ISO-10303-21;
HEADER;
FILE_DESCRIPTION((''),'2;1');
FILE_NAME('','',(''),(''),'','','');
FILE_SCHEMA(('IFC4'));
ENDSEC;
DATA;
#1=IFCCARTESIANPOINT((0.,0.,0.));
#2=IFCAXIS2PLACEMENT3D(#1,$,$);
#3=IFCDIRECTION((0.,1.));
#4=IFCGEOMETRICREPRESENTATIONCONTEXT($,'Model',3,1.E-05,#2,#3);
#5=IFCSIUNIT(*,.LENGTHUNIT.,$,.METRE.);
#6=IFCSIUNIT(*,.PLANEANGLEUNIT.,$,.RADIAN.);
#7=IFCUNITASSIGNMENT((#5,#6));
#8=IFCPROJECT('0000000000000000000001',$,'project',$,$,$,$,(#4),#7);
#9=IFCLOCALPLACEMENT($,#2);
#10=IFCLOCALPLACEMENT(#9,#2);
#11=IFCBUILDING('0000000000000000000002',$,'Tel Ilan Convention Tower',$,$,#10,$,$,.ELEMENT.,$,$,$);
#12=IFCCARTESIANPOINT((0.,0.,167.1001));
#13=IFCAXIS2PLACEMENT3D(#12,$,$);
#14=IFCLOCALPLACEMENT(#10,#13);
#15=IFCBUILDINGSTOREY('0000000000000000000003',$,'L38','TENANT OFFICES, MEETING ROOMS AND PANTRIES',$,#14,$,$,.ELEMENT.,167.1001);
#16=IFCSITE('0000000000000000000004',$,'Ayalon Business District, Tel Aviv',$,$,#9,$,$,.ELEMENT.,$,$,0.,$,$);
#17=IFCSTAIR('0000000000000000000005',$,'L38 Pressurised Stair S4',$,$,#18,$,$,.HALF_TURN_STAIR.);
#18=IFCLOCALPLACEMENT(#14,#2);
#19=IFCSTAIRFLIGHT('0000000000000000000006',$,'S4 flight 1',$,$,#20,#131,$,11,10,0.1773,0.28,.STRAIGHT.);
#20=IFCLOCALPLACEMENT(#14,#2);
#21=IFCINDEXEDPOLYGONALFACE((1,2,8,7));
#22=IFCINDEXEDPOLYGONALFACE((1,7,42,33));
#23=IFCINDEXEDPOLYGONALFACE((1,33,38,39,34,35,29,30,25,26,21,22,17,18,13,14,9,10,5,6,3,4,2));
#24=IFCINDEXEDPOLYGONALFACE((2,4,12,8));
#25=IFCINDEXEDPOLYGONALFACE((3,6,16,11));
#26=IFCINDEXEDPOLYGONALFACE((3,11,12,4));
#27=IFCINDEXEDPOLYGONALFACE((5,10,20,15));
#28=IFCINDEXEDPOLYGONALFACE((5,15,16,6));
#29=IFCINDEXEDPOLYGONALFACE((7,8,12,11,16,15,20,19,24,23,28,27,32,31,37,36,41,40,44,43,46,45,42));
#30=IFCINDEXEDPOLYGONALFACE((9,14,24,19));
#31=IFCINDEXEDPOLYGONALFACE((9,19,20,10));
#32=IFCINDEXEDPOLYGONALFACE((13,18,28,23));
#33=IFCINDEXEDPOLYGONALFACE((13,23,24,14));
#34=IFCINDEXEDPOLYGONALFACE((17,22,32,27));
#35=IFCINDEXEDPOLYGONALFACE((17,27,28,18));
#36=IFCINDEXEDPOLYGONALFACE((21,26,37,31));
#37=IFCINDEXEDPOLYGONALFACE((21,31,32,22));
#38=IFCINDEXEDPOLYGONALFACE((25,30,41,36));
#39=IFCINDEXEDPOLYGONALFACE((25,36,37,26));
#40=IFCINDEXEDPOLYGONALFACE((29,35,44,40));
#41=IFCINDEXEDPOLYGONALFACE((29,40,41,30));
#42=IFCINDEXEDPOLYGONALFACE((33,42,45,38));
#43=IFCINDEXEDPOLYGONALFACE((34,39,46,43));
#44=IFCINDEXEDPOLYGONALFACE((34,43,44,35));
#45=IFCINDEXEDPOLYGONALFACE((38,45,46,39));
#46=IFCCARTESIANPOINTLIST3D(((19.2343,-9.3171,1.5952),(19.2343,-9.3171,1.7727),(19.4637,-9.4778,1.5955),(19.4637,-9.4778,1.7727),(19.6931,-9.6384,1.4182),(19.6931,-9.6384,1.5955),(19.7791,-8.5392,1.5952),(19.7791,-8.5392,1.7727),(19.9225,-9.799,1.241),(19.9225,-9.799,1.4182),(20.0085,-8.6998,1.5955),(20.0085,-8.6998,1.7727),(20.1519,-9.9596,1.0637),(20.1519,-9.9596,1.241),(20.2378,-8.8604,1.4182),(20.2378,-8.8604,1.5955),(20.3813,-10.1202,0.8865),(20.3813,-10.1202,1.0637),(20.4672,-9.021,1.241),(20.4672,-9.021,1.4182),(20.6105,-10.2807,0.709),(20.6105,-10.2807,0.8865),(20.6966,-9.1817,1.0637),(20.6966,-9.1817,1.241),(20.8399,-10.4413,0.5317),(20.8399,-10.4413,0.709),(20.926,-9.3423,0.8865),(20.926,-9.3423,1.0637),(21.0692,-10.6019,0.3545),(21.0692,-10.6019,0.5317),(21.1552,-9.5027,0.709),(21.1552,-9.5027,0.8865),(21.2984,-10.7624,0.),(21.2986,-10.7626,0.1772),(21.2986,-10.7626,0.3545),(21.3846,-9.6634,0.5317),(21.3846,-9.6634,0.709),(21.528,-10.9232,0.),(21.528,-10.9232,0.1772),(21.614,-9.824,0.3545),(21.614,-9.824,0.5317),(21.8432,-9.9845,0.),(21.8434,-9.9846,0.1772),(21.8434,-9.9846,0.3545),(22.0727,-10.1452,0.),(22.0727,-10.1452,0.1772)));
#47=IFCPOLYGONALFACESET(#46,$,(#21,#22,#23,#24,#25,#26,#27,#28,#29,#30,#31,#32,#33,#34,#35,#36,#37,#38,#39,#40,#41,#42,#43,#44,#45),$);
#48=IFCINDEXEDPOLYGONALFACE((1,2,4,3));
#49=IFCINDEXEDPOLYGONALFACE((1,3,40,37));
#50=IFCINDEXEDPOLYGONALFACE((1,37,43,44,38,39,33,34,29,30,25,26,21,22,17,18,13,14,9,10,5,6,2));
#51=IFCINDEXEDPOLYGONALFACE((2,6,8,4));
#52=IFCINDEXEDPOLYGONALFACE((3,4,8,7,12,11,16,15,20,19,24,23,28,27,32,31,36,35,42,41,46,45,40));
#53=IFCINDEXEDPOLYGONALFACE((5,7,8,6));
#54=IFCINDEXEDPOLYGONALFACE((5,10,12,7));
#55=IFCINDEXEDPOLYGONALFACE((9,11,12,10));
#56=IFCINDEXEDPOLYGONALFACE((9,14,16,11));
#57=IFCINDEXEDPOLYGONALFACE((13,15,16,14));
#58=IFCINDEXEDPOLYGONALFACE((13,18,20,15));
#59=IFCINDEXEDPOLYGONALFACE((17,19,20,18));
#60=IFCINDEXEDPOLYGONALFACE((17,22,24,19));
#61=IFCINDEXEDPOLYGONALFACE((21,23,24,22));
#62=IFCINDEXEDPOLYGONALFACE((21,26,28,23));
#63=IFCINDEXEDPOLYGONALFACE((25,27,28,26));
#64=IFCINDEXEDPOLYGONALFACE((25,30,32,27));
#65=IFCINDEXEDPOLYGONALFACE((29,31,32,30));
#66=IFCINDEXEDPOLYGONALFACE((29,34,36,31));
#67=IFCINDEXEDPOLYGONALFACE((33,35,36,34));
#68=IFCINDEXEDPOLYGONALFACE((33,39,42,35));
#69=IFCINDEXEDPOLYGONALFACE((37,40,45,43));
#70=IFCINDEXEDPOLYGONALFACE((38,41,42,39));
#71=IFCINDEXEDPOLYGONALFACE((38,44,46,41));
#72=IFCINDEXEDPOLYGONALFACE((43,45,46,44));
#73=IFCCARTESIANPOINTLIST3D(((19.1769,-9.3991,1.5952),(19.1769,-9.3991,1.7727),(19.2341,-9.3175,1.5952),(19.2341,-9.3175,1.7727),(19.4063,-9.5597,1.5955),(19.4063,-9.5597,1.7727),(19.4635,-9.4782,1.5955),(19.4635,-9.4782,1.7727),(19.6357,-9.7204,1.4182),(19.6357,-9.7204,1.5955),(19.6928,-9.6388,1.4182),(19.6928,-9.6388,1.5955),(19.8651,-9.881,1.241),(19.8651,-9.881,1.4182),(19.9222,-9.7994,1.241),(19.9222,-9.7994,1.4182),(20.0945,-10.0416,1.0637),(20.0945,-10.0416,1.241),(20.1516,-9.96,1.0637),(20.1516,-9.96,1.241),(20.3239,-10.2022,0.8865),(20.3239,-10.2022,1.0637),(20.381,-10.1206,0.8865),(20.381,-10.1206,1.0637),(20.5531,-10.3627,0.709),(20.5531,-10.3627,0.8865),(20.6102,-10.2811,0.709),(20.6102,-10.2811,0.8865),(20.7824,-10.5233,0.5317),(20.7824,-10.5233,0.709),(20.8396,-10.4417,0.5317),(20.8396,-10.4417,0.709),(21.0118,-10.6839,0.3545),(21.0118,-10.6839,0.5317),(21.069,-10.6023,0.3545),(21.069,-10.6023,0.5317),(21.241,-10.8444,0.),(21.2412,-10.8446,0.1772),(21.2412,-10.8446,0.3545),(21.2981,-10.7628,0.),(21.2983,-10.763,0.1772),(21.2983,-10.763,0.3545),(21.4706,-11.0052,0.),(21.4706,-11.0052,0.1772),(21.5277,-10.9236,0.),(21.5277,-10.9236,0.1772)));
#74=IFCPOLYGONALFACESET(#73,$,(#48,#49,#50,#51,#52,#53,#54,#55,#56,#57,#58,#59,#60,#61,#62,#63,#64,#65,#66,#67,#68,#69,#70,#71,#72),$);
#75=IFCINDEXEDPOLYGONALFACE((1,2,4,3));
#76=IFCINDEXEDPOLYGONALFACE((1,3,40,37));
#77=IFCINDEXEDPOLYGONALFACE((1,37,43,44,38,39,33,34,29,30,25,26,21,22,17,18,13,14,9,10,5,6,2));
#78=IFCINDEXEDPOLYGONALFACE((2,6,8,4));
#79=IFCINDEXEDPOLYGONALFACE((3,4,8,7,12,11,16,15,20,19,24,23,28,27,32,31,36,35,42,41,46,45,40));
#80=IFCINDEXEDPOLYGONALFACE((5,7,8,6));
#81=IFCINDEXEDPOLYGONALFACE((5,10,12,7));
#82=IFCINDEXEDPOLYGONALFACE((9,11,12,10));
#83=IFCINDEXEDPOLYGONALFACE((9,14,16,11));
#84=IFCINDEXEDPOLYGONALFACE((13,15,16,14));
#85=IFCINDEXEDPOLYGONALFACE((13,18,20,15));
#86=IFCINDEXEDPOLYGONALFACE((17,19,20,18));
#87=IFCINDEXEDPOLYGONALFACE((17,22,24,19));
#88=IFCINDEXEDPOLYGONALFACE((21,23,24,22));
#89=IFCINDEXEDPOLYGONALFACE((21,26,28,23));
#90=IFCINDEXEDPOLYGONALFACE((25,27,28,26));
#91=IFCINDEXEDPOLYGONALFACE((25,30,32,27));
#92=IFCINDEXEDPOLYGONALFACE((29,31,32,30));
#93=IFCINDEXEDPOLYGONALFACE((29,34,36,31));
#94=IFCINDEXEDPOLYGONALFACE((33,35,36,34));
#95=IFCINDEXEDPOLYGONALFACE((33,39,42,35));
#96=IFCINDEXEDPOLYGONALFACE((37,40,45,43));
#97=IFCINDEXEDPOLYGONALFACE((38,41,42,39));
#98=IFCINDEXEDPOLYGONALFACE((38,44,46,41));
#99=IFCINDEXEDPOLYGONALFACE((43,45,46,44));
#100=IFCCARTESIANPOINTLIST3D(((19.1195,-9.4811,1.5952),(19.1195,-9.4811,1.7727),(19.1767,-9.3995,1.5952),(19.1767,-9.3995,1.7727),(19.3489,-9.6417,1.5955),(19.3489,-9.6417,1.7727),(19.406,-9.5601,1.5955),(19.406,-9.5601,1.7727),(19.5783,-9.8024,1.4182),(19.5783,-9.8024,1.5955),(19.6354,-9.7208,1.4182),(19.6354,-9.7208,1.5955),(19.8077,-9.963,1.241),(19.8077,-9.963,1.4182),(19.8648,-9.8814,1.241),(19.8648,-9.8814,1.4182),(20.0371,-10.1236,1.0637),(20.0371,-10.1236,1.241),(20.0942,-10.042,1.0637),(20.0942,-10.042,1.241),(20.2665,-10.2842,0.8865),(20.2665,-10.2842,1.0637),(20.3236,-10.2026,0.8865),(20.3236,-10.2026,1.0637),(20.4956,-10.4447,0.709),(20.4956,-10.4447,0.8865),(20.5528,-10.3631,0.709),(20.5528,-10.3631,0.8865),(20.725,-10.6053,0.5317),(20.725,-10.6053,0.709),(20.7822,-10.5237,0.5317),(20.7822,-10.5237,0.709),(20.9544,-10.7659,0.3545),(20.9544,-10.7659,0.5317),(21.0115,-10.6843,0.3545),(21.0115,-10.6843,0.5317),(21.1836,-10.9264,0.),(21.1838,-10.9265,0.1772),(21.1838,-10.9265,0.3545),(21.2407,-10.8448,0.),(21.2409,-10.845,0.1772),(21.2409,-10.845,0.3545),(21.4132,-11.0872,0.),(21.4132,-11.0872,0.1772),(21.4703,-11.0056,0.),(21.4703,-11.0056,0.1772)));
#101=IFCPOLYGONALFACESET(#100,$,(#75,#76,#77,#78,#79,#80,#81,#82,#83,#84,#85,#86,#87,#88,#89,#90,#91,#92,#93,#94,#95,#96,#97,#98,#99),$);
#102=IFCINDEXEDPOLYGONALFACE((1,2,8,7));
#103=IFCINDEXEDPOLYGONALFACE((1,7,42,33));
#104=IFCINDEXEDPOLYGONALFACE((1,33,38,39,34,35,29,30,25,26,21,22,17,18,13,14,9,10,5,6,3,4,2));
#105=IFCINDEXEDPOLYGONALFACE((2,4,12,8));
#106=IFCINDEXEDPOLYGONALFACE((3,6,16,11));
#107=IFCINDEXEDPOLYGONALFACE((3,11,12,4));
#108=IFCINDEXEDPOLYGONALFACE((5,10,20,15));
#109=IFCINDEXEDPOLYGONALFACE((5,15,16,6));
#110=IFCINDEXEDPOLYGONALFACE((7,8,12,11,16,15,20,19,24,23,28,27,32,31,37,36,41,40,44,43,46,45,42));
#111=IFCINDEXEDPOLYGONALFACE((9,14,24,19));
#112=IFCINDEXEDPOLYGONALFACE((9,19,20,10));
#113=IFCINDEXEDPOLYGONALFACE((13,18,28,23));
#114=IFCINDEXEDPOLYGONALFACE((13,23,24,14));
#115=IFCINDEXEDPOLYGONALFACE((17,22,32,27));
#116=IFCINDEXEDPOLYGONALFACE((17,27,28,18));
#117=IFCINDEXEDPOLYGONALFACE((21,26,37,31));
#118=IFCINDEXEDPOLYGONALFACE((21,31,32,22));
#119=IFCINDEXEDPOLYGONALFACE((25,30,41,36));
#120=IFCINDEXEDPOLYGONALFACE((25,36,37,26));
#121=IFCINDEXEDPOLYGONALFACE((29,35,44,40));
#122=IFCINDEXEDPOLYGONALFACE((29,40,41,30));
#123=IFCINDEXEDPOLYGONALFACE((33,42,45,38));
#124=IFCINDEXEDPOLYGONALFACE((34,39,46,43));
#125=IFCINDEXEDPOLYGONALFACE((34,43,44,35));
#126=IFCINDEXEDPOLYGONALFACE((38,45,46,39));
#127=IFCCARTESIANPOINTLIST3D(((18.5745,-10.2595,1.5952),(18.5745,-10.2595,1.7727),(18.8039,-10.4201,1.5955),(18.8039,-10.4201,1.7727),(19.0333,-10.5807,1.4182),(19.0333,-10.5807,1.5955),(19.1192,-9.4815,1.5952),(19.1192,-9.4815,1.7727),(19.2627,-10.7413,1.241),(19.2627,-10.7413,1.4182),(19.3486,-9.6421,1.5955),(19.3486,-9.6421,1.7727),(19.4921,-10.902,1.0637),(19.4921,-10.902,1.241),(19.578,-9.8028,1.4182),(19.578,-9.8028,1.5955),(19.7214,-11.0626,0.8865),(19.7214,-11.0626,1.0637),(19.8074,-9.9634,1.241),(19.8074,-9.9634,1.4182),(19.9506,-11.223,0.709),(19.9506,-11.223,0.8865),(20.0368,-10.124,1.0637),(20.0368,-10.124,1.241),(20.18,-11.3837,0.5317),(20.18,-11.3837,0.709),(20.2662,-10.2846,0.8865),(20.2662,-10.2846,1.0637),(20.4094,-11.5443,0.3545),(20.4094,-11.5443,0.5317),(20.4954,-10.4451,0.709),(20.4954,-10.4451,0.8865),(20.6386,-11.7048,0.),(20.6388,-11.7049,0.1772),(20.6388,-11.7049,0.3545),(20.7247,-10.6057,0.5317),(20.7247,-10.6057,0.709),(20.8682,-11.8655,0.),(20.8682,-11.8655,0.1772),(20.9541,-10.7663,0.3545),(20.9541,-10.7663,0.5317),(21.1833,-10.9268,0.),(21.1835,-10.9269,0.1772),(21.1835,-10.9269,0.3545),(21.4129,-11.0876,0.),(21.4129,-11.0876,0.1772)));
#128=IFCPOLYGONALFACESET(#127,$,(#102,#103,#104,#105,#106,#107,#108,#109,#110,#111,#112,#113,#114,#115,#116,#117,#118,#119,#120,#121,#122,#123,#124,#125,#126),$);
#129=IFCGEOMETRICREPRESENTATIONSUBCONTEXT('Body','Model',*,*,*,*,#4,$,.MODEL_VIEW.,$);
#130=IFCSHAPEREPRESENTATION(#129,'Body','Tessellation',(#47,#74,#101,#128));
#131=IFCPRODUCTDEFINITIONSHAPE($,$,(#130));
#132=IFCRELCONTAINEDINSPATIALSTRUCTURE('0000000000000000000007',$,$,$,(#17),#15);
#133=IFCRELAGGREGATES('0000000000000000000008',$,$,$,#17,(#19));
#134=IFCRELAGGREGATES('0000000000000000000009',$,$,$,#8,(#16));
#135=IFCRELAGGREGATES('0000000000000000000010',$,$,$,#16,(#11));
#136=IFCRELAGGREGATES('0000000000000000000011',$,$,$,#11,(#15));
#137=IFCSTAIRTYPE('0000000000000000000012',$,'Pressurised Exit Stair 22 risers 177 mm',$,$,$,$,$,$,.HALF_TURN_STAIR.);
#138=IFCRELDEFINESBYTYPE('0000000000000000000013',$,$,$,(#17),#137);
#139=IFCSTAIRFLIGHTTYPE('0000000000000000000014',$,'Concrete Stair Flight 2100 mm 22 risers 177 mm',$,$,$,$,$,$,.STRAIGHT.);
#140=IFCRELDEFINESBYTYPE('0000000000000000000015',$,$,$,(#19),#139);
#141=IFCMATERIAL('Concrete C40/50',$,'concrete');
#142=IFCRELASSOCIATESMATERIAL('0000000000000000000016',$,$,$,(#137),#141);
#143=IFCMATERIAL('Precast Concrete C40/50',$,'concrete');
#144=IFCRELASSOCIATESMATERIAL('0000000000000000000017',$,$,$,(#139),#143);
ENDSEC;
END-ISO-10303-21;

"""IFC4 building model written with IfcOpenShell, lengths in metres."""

from ifc_helpers import new_model, si_unit, direction, frame, origin, place, context, subcontext, project, spatial, polyline, outline, extrude, material, type_object, element, aggregate, save


model = new_model("IFC4")

# Units and contexts
model_context = context("Model", 3, precision=1e-05, world=origin(), true_north=direction((0.0, 1.0)))
body_context = subcontext(model_context, "Body", "Model", "MODEL_VIEW")
ifc_project = project(units=[si_unit("LENGTHUNIT", "METRE"), si_unit("PLANEANGLEUNIT", "RADIAN")], contexts=[model_context])

# Site, building, storey
site_placement = place(None, origin())
site = spatial("IfcSite", under=ifc_project, at=site_placement, Name="Ayalon Business District, Tel Aviv", CompositionType="ELEMENT", RefElevation=0.0)
building_placement = place(site_placement, origin())
building = spatial("IfcBuilding", under=site, at=building_placement, Name="Tel Ilan Convention Tower", CompositionType="ELEMENT")
storey_placement = place(building_placement, frame((0.0, 0.0, 167.1001)))
storey = spatial("IfcBuildingStorey", under=building, at=storey_placement, Name="L38", Description="TENANT OFFICES, MEETING ROOMS AND PANTRIES", CompositionType="ELEMENT", Elevation=167.1001)

# Shared definitions
ifc_material_1 = material(Name="Concrete C40/50", Category="concrete")
stair_type = type_object("IfcStairType", Name="Pressurised Exit Stair 22 risers 177 mm", PredefinedType="HALF_TURN_STAIR", material=ifc_material_1)
ifc_material_2 = material(Name="Precast Concrete C40/50", Category="concrete")
stair_flight_type = type_object("IfcStairFlightType", Name="Concrete Stair Flight 2100 mm 22 risers 177 mm", PredefinedType="STRAIGHT", material=ifc_material_2)

# Stair, stair flight
stair_1_placement = place(storey_placement, origin())
stair_1 = element("IfcStair", 1, at=stair_1_placement, inside=storey, type_object=stair_type, Name="L38 Pressurised Stair S4", PredefinedType="HALF_TURN_STAIR")
stair_flight_1_placement = place(storey_placement, frame((21.4705, -11.0054, 0.0), z_axis=(0.0, 0.0, 1.0), x_axis=(-0.819152, 0.573576, 0.0)))
stair_flight_1 = element("IfcStairFlight", 2, at=stair_flight_1_placement, type_object=stair_flight_type, Name="S4 flight 1", NumberOfRisers=11, NumberOfTreads=10, PredefinedType="STRAIGHT", RiserHeight=0.1773, TreadLength=0.28, context=body_context, shape_type="SweptSolid", body=[
    extrude(outline(polyline([(0.0, 0.0), (0.0, 0.1772), (0.28, 0.1772), (0.28, 0.3545), (0.5601, 0.3545), (0.5601, 0.5317), (0.8401, 0.5317), (0.8401, 0.709), (1.1201, 0.709), (1.1201, 0.8865), (1.3999, 0.8865), (1.3999, 1.0637), (1.6799, 1.0637), (1.6799, 1.241), (1.96, 1.241), (1.96, 1.4182), (2.24, 1.4182), (2.24, 1.5955), (2.52, 1.5955), (2.52, 1.7727), (2.8, 1.7727), (2.8, 1.95), (2.8, 1.5952), (0.2803, 0.0), (0.0, 0.0)])), frame((0.0, -0.1003, 0.0), z_axis=(0.0, -1.0, 0.0), x_axis=(1.0, 0.0, 0.0)), (0.0, 0.0, 1.0), 0.9497),
    extrude(outline(polyline([(0.0, 0.0), (0.0, 0.1772), (0.28, 0.1772), (0.28, 0.3545), (0.5601, 0.3545), (0.5601, 0.5317), (0.8401, 0.5317), (0.8401, 0.709), (1.1201, 0.709), (1.1201, 0.8865), (1.3999, 0.8865), (1.3999, 1.0637), (1.6799, 1.0637), (1.6799, 1.241), (1.96, 1.241), (1.96, 1.4182), (2.24, 1.4182), (2.24, 1.5955), (2.52, 1.5955), (2.52, 1.7727), (2.8, 1.7727), (2.8, 1.95), (2.8, 1.5952), (0.2803, 0.0), (0.0, 0.0)])), frame((0.0, -0.0002, 0.0), z_axis=(0.0, -1.0, 0.0), x_axis=(1.0, 0.0, 0.0)), (0.0, 0.0, 1.0), 0.0996),
    extrude(outline(polyline([(0.0, 0.0), (0.0, 0.1772), (0.28, 0.1772), (0.28, 0.3545), (0.5601, 0.3545), (0.5601, 0.5317), (0.8401, 0.5317), (0.8401, 0.709), (1.1201, 0.709), (1.1201, 0.8865), (1.3999, 0.8865), (1.3999, 1.0637), (1.6799, 1.0637), (1.6799, 1.241), (1.96, 1.241), (1.96, 1.4182), (2.24, 1.4182), (2.24, 1.5955), (2.52, 1.5955), (2.52, 1.7727), (2.8, 1.7727), (2.8, 1.95), (2.8, 1.5952), (0.2803, 0.0), (0.0, 0.0)])), frame((0.0, 0.0999, 0.0), z_axis=(0.0, -1.0, 0.0), x_axis=(1.0, 0.0, 0.0)), (0.0, 0.0, 1.0), 0.0996),
    extrude(outline(polyline([(0.0, 0.0), (0.0, 0.1772), (0.28, 0.1772), (0.28, 0.3545), (0.5601, 0.3545), (0.5601, 0.5317), (0.8401, 0.5317), (0.8401, 0.709), (1.1201, 0.709), (1.1201, 0.8865), (1.3999, 0.8865), (1.3999, 1.0637), (1.6799, 1.0637), (1.6799, 1.241), (1.96, 1.241), (1.96, 1.4182), (2.24, 1.4182), (2.24, 1.5955), (2.52, 1.5955), (2.52, 1.7727), (2.8, 1.7727), (2.8, 1.95), (2.8, 1.5952), (0.2803, 0.0), (0.0, 0.0)])), frame((0.0, 1.05, 0.0), z_axis=(0.0, -1.0, 0.0), x_axis=(1.0, 0.0, 0.0)), (0.0, 0.0, 1.0), 0.9497),
])
aggregate(stair_1, [stair_flight_1])

save(model, "model.ifc")
